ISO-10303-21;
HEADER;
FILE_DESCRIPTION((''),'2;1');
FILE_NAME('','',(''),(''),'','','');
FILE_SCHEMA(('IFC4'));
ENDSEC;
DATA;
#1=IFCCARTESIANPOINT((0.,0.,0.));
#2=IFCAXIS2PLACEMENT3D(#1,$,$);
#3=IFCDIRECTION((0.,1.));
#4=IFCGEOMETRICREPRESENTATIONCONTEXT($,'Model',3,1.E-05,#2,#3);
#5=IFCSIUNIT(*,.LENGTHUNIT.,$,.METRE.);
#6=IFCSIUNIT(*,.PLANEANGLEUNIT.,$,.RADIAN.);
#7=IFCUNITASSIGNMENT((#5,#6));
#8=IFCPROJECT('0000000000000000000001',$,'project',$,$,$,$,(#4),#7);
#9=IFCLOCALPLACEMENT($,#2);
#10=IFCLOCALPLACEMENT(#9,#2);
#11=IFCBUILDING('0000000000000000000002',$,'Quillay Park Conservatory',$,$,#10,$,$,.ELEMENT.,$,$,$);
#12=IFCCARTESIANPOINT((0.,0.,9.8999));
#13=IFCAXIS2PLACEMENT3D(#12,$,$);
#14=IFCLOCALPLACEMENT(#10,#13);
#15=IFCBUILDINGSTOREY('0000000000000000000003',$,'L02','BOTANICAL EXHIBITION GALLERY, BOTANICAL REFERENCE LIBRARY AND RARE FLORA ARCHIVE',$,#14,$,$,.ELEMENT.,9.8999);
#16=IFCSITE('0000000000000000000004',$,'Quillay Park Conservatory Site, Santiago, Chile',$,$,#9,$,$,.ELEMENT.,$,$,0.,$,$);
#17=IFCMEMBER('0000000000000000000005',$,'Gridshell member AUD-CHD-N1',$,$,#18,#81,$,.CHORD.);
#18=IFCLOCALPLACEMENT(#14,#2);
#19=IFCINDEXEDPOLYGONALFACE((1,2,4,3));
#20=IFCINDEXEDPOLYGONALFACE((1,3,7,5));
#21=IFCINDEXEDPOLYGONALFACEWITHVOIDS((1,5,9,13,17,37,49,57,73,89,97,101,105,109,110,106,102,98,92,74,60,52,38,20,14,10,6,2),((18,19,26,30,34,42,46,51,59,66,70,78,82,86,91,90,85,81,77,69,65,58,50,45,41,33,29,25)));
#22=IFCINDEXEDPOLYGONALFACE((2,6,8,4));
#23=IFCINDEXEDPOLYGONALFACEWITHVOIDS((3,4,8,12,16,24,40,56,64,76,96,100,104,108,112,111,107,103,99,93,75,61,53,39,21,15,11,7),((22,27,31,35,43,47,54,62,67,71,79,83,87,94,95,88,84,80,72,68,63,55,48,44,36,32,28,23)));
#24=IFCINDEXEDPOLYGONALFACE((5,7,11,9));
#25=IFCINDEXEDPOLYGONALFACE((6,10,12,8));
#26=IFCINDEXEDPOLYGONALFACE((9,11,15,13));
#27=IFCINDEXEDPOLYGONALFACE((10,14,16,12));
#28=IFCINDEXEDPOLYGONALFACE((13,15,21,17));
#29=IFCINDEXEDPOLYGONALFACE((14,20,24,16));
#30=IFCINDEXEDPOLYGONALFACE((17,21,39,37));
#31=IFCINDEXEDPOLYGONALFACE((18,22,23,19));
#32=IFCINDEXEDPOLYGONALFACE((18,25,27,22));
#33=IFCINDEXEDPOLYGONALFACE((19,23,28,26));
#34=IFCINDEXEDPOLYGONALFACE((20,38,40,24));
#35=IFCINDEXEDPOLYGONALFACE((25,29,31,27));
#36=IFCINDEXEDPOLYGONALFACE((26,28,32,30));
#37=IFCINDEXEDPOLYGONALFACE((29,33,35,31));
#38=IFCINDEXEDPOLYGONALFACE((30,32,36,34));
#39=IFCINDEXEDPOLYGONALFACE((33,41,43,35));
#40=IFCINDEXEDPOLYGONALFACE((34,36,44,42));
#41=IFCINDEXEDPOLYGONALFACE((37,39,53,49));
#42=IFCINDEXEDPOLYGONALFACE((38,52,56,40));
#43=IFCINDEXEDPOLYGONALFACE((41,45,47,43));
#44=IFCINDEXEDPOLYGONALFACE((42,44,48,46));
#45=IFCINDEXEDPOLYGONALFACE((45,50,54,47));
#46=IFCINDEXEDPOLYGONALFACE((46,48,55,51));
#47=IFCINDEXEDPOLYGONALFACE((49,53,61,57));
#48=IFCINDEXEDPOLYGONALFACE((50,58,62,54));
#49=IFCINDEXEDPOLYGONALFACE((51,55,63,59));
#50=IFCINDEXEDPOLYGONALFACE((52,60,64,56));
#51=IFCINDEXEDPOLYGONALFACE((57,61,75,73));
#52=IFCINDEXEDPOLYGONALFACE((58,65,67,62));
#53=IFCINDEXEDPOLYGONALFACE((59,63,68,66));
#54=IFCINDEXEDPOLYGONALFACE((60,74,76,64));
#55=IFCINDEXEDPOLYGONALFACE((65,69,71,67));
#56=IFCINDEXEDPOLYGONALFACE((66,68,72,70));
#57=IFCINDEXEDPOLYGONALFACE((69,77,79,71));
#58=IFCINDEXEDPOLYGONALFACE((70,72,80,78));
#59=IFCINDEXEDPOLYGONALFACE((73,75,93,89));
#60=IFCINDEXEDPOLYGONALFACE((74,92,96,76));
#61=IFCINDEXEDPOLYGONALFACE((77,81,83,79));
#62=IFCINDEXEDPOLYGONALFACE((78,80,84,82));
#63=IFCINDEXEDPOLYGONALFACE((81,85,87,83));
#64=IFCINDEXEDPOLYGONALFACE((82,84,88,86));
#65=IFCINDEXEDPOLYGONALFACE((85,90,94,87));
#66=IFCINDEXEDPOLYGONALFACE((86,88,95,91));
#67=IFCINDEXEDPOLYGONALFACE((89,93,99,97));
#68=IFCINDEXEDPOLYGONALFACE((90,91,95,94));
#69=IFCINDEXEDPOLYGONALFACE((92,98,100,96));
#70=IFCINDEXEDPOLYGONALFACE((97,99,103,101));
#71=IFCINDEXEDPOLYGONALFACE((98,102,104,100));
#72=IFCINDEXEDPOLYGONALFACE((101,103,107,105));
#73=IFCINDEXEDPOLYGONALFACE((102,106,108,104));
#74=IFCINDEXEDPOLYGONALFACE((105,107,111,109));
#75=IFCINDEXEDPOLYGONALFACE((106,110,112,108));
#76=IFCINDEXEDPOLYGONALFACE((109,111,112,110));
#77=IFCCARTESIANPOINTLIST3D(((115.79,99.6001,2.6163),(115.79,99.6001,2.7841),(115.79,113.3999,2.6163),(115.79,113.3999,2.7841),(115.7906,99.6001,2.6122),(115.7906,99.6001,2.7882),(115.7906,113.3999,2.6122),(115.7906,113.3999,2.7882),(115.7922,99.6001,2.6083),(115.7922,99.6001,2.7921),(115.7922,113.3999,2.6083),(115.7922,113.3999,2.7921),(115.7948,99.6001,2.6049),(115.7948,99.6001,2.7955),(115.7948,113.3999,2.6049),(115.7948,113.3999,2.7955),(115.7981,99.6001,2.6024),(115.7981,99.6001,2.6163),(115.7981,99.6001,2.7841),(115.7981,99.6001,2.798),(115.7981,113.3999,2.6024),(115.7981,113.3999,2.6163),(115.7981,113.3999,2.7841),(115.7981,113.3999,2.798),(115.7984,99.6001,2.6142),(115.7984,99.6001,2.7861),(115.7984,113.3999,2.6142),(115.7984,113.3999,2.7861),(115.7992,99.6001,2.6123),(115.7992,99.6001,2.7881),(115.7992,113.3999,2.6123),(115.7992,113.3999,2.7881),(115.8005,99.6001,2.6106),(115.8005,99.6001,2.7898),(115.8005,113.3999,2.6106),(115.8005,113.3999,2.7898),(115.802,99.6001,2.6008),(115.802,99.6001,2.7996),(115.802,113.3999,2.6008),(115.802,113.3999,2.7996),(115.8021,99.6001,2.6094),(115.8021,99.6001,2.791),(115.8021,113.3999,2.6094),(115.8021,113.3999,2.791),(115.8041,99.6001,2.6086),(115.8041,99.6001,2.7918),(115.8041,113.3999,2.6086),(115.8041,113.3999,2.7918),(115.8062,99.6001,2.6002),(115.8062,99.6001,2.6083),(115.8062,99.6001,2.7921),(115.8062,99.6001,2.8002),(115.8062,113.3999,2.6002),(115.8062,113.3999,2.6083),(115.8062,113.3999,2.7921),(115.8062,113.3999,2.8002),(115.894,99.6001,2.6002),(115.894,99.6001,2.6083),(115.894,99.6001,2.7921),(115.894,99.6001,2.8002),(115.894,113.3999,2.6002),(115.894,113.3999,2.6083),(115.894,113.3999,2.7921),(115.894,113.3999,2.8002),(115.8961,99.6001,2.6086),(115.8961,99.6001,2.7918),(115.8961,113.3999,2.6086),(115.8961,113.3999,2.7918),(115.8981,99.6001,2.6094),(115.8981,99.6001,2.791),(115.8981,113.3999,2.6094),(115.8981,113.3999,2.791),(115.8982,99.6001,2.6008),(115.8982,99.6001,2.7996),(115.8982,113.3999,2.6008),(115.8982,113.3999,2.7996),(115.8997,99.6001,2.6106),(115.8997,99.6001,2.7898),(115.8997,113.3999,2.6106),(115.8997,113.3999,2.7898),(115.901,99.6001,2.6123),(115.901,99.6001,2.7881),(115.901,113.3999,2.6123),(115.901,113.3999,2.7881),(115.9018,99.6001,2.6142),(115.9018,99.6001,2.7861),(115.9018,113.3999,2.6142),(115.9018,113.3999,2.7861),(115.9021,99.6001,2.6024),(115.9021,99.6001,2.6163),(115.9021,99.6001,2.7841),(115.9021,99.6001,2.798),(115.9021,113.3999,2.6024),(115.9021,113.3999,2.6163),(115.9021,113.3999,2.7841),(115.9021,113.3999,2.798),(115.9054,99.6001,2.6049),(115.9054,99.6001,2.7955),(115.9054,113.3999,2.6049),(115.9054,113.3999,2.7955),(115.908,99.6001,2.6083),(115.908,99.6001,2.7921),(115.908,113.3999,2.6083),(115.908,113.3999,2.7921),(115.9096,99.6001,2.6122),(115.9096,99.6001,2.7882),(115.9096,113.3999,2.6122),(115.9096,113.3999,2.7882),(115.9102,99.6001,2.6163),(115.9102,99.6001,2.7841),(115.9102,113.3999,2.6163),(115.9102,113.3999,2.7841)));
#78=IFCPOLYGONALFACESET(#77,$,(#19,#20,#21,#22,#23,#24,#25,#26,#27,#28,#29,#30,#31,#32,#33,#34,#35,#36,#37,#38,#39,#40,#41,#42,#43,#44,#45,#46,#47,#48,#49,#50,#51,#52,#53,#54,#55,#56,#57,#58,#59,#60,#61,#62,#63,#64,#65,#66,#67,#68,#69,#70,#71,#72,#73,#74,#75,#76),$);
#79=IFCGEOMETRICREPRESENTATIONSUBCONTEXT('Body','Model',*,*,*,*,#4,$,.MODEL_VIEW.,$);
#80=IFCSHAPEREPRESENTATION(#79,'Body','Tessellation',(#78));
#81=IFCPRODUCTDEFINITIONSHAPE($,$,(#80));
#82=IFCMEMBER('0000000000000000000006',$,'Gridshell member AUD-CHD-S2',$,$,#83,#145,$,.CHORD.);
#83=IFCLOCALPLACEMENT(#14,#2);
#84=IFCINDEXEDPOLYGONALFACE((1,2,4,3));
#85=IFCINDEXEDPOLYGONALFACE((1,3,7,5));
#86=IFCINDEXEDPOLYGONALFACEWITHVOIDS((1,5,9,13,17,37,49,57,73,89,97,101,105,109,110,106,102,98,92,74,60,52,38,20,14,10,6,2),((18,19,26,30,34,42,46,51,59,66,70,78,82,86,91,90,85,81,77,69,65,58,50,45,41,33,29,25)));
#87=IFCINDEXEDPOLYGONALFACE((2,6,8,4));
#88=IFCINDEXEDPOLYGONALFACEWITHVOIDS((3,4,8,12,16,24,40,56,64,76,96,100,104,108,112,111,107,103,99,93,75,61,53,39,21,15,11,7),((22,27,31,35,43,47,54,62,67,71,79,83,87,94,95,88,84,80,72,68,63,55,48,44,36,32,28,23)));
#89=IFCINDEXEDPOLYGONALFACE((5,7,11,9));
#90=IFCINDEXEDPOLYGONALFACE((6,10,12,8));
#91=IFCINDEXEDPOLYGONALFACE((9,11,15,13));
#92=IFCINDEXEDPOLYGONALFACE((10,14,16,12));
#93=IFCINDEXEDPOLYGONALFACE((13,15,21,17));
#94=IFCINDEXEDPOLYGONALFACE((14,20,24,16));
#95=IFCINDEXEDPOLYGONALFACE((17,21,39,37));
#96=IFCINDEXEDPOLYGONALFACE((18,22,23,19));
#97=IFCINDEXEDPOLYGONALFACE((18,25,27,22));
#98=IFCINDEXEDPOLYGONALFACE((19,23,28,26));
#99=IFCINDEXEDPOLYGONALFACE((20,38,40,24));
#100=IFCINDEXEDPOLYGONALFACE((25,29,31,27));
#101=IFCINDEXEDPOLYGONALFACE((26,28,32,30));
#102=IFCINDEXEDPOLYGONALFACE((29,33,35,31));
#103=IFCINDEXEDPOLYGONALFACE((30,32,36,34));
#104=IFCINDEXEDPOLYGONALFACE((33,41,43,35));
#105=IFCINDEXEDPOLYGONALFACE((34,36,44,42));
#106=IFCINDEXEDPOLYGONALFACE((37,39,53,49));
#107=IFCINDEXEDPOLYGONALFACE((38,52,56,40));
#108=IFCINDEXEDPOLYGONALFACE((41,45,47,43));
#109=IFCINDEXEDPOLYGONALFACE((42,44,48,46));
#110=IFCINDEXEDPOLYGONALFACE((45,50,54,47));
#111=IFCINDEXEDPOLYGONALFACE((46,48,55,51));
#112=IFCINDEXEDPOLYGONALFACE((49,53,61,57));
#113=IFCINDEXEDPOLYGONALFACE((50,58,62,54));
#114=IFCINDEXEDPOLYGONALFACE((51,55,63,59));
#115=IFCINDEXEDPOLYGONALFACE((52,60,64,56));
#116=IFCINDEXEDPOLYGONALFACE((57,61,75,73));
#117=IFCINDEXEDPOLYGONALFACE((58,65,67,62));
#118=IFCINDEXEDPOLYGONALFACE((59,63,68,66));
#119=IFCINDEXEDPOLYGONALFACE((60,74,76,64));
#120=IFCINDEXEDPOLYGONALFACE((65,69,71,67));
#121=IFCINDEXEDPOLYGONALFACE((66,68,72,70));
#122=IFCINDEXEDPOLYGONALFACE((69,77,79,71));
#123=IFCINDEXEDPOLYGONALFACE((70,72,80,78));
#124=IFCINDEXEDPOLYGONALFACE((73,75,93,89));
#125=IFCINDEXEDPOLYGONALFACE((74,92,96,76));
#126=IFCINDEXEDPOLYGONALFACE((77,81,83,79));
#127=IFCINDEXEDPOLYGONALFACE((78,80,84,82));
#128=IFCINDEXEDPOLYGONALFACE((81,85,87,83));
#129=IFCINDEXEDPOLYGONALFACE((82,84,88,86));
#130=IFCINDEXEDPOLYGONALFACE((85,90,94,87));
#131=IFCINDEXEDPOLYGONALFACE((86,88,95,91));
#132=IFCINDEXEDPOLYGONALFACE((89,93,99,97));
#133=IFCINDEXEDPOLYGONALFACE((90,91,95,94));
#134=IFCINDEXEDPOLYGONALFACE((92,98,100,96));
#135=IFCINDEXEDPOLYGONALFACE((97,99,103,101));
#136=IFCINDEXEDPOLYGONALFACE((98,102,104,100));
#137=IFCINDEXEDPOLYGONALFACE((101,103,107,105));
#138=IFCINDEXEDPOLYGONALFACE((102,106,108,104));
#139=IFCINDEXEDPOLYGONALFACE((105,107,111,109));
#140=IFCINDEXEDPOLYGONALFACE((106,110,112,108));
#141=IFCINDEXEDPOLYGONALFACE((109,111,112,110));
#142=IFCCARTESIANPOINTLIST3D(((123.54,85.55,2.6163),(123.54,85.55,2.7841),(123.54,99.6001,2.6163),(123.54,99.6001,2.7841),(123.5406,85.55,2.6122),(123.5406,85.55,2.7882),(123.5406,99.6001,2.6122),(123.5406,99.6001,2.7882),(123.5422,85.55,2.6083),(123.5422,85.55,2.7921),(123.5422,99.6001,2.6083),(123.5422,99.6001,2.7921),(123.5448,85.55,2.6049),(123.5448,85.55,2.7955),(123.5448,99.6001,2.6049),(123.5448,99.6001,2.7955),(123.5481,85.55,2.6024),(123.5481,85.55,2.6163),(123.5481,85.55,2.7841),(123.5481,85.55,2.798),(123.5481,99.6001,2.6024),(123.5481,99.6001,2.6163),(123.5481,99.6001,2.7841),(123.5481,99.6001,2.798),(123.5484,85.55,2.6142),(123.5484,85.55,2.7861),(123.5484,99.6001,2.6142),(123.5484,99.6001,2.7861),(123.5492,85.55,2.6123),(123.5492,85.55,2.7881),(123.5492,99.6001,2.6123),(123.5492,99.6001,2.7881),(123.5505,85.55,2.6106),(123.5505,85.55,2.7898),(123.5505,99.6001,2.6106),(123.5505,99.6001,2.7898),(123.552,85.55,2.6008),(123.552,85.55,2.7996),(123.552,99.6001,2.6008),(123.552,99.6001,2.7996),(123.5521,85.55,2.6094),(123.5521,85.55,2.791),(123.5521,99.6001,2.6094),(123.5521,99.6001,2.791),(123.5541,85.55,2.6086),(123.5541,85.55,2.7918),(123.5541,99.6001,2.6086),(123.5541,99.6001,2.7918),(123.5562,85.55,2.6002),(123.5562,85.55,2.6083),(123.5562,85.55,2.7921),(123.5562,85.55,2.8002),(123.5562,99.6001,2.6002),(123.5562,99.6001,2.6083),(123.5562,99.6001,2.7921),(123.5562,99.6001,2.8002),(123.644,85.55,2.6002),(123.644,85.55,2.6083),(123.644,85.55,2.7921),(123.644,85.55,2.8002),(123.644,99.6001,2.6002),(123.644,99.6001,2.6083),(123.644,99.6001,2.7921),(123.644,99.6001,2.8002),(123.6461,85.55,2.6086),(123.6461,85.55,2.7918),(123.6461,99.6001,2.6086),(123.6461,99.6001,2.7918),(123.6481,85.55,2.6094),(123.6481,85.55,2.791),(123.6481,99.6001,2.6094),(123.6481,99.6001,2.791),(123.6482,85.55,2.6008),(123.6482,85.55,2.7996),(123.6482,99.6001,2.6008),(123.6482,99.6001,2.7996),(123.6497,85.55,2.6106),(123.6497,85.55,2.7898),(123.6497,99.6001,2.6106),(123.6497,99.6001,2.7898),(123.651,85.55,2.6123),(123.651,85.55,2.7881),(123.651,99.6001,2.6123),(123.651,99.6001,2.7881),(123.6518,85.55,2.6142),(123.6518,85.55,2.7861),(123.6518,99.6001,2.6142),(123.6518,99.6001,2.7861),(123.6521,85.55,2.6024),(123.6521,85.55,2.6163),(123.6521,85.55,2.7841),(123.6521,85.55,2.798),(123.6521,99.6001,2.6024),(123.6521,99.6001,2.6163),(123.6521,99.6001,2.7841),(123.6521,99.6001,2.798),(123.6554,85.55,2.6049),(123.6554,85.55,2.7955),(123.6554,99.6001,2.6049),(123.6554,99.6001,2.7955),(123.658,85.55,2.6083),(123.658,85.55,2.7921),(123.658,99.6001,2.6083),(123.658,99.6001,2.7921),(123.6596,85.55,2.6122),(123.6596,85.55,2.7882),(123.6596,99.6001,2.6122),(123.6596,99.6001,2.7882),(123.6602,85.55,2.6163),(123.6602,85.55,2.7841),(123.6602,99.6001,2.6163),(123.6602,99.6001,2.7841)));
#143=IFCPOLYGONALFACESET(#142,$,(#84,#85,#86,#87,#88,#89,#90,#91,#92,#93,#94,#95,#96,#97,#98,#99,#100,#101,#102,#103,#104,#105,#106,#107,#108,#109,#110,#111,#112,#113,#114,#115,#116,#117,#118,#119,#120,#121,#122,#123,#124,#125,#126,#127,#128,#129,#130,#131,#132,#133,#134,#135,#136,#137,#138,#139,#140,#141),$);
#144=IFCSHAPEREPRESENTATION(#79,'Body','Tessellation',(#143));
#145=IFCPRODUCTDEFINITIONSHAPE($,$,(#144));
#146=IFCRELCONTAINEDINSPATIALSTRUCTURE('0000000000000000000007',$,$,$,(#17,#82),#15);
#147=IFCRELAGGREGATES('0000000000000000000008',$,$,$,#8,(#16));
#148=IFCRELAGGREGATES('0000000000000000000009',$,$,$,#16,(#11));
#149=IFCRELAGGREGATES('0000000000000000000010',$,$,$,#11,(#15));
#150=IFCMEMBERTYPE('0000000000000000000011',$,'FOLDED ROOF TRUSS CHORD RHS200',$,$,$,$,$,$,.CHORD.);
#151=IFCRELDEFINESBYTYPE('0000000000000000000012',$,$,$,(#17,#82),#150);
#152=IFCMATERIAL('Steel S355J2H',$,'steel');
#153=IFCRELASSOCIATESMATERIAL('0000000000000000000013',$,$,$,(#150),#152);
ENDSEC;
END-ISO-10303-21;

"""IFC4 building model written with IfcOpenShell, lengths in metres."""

from ifc_helpers import new_model, si_unit, direction, frame, origin, origin_2d, place, context, subcontext, project, spatial, hollow_rectangle, extrude, material, material_profile, profile_set, type_object, element, save


model = new_model("IFC4")

# Units and contexts
model_context = context("Model", 3, precision=1e-05, world=origin(), true_north=direction((0.0, 1.0)))
body_context = subcontext(model_context, "Body", "Model", "MODEL_VIEW")
ifc_project = project(units=[si_unit("LENGTHUNIT", "METRE"), si_unit("PLANEANGLEUNIT", "RADIAN")], contexts=[model_context])

# Site, building, storey
site_placement = place(None, origin())
site = spatial("IfcSite", under=ifc_project, at=site_placement, Name="Quillay Park Conservatory Site, Santiago, Chile", CompositionType="ELEMENT", RefElevation=0.0)
building_placement = place(site_placement, origin())
building = spatial("IfcBuilding", under=site, at=building_placement, Name="Quillay Park Conservatory", CompositionType="ELEMENT")
storey_placement = place(building_placement, frame((0.0, 0.0, 9.8999)))
storey = spatial("IfcBuildingStorey", under=building, at=storey_placement, Name="L02", Description="BOTANICAL EXHIBITION GALLERY, BOTANICAL REFERENCE LIBRARY AND RARE FLORA ARCHIVE", CompositionType="ELEMENT", Elevation=9.8999)

# Members
ifc_material_1 = material(Name="Steel S355J2H", Category="steel")
ifc_material_profile_1 = material_profile(ifc_material_1, hollow_rectangle(XDim=0.1201, YDim=0.2, WallThickness=0.0081, InnerFilletRadius=0.0081, OuterFilletRadius=0.0161, at=origin_2d()), Name="RHS200x120x8")
ifc_profile_set_1 = profile_set([ifc_material_profile_1], Name="Steel S355J2H")
member_type = type_object("IfcMemberType", Name="FOLDED ROOF TRUSS CHORD RHS200", PredefinedType="CHORD", material=ifc_profile_set_1)
member_1_placement = place(storey_placement, frame((115.8501, 99.6001, 2.7002), z_axis=(0.0, 1.0, 0.0), x_axis=(-1.0, 0.0, 0.0)))
element("IfcMember", 1, at=member_1_placement, inside=storey, type_object=member_type, Name="Gridshell member AUD-CHD-N1", PredefinedType="CHORD", context=body_context, shape_type="SweptSolid", body=[
    extrude(hollow_rectangle(XDim=0.1201, YDim=0.2, WallThickness=0.0081, InnerFilletRadius=0.0081, OuterFilletRadius=0.0161, at=origin_2d()), origin(), (0.0, 0.0, 1.0), 13.7998),
])
member_2_placement = place(storey_placement, frame((123.6001, 85.55, 2.7002), z_axis=(0.0, 1.0, 0.0), x_axis=(-1.0, 0.0, 0.0)))
element("IfcMember", 2, at=member_2_placement, inside=storey, type_object=member_type, Name="Gridshell member AUD-CHD-S2", PredefinedType="CHORD", context=body_context, shape_type="SweptSolid", body=[
    extrude(hollow_rectangle(XDim=0.1201, YDim=0.2, WallThickness=0.0081, InnerFilletRadius=0.0081, OuterFilletRadius=0.0161, at=origin_2d()), origin(), (0.0, 0.0, 1.0), 14.05),
])

save(model, "model.ifc")
